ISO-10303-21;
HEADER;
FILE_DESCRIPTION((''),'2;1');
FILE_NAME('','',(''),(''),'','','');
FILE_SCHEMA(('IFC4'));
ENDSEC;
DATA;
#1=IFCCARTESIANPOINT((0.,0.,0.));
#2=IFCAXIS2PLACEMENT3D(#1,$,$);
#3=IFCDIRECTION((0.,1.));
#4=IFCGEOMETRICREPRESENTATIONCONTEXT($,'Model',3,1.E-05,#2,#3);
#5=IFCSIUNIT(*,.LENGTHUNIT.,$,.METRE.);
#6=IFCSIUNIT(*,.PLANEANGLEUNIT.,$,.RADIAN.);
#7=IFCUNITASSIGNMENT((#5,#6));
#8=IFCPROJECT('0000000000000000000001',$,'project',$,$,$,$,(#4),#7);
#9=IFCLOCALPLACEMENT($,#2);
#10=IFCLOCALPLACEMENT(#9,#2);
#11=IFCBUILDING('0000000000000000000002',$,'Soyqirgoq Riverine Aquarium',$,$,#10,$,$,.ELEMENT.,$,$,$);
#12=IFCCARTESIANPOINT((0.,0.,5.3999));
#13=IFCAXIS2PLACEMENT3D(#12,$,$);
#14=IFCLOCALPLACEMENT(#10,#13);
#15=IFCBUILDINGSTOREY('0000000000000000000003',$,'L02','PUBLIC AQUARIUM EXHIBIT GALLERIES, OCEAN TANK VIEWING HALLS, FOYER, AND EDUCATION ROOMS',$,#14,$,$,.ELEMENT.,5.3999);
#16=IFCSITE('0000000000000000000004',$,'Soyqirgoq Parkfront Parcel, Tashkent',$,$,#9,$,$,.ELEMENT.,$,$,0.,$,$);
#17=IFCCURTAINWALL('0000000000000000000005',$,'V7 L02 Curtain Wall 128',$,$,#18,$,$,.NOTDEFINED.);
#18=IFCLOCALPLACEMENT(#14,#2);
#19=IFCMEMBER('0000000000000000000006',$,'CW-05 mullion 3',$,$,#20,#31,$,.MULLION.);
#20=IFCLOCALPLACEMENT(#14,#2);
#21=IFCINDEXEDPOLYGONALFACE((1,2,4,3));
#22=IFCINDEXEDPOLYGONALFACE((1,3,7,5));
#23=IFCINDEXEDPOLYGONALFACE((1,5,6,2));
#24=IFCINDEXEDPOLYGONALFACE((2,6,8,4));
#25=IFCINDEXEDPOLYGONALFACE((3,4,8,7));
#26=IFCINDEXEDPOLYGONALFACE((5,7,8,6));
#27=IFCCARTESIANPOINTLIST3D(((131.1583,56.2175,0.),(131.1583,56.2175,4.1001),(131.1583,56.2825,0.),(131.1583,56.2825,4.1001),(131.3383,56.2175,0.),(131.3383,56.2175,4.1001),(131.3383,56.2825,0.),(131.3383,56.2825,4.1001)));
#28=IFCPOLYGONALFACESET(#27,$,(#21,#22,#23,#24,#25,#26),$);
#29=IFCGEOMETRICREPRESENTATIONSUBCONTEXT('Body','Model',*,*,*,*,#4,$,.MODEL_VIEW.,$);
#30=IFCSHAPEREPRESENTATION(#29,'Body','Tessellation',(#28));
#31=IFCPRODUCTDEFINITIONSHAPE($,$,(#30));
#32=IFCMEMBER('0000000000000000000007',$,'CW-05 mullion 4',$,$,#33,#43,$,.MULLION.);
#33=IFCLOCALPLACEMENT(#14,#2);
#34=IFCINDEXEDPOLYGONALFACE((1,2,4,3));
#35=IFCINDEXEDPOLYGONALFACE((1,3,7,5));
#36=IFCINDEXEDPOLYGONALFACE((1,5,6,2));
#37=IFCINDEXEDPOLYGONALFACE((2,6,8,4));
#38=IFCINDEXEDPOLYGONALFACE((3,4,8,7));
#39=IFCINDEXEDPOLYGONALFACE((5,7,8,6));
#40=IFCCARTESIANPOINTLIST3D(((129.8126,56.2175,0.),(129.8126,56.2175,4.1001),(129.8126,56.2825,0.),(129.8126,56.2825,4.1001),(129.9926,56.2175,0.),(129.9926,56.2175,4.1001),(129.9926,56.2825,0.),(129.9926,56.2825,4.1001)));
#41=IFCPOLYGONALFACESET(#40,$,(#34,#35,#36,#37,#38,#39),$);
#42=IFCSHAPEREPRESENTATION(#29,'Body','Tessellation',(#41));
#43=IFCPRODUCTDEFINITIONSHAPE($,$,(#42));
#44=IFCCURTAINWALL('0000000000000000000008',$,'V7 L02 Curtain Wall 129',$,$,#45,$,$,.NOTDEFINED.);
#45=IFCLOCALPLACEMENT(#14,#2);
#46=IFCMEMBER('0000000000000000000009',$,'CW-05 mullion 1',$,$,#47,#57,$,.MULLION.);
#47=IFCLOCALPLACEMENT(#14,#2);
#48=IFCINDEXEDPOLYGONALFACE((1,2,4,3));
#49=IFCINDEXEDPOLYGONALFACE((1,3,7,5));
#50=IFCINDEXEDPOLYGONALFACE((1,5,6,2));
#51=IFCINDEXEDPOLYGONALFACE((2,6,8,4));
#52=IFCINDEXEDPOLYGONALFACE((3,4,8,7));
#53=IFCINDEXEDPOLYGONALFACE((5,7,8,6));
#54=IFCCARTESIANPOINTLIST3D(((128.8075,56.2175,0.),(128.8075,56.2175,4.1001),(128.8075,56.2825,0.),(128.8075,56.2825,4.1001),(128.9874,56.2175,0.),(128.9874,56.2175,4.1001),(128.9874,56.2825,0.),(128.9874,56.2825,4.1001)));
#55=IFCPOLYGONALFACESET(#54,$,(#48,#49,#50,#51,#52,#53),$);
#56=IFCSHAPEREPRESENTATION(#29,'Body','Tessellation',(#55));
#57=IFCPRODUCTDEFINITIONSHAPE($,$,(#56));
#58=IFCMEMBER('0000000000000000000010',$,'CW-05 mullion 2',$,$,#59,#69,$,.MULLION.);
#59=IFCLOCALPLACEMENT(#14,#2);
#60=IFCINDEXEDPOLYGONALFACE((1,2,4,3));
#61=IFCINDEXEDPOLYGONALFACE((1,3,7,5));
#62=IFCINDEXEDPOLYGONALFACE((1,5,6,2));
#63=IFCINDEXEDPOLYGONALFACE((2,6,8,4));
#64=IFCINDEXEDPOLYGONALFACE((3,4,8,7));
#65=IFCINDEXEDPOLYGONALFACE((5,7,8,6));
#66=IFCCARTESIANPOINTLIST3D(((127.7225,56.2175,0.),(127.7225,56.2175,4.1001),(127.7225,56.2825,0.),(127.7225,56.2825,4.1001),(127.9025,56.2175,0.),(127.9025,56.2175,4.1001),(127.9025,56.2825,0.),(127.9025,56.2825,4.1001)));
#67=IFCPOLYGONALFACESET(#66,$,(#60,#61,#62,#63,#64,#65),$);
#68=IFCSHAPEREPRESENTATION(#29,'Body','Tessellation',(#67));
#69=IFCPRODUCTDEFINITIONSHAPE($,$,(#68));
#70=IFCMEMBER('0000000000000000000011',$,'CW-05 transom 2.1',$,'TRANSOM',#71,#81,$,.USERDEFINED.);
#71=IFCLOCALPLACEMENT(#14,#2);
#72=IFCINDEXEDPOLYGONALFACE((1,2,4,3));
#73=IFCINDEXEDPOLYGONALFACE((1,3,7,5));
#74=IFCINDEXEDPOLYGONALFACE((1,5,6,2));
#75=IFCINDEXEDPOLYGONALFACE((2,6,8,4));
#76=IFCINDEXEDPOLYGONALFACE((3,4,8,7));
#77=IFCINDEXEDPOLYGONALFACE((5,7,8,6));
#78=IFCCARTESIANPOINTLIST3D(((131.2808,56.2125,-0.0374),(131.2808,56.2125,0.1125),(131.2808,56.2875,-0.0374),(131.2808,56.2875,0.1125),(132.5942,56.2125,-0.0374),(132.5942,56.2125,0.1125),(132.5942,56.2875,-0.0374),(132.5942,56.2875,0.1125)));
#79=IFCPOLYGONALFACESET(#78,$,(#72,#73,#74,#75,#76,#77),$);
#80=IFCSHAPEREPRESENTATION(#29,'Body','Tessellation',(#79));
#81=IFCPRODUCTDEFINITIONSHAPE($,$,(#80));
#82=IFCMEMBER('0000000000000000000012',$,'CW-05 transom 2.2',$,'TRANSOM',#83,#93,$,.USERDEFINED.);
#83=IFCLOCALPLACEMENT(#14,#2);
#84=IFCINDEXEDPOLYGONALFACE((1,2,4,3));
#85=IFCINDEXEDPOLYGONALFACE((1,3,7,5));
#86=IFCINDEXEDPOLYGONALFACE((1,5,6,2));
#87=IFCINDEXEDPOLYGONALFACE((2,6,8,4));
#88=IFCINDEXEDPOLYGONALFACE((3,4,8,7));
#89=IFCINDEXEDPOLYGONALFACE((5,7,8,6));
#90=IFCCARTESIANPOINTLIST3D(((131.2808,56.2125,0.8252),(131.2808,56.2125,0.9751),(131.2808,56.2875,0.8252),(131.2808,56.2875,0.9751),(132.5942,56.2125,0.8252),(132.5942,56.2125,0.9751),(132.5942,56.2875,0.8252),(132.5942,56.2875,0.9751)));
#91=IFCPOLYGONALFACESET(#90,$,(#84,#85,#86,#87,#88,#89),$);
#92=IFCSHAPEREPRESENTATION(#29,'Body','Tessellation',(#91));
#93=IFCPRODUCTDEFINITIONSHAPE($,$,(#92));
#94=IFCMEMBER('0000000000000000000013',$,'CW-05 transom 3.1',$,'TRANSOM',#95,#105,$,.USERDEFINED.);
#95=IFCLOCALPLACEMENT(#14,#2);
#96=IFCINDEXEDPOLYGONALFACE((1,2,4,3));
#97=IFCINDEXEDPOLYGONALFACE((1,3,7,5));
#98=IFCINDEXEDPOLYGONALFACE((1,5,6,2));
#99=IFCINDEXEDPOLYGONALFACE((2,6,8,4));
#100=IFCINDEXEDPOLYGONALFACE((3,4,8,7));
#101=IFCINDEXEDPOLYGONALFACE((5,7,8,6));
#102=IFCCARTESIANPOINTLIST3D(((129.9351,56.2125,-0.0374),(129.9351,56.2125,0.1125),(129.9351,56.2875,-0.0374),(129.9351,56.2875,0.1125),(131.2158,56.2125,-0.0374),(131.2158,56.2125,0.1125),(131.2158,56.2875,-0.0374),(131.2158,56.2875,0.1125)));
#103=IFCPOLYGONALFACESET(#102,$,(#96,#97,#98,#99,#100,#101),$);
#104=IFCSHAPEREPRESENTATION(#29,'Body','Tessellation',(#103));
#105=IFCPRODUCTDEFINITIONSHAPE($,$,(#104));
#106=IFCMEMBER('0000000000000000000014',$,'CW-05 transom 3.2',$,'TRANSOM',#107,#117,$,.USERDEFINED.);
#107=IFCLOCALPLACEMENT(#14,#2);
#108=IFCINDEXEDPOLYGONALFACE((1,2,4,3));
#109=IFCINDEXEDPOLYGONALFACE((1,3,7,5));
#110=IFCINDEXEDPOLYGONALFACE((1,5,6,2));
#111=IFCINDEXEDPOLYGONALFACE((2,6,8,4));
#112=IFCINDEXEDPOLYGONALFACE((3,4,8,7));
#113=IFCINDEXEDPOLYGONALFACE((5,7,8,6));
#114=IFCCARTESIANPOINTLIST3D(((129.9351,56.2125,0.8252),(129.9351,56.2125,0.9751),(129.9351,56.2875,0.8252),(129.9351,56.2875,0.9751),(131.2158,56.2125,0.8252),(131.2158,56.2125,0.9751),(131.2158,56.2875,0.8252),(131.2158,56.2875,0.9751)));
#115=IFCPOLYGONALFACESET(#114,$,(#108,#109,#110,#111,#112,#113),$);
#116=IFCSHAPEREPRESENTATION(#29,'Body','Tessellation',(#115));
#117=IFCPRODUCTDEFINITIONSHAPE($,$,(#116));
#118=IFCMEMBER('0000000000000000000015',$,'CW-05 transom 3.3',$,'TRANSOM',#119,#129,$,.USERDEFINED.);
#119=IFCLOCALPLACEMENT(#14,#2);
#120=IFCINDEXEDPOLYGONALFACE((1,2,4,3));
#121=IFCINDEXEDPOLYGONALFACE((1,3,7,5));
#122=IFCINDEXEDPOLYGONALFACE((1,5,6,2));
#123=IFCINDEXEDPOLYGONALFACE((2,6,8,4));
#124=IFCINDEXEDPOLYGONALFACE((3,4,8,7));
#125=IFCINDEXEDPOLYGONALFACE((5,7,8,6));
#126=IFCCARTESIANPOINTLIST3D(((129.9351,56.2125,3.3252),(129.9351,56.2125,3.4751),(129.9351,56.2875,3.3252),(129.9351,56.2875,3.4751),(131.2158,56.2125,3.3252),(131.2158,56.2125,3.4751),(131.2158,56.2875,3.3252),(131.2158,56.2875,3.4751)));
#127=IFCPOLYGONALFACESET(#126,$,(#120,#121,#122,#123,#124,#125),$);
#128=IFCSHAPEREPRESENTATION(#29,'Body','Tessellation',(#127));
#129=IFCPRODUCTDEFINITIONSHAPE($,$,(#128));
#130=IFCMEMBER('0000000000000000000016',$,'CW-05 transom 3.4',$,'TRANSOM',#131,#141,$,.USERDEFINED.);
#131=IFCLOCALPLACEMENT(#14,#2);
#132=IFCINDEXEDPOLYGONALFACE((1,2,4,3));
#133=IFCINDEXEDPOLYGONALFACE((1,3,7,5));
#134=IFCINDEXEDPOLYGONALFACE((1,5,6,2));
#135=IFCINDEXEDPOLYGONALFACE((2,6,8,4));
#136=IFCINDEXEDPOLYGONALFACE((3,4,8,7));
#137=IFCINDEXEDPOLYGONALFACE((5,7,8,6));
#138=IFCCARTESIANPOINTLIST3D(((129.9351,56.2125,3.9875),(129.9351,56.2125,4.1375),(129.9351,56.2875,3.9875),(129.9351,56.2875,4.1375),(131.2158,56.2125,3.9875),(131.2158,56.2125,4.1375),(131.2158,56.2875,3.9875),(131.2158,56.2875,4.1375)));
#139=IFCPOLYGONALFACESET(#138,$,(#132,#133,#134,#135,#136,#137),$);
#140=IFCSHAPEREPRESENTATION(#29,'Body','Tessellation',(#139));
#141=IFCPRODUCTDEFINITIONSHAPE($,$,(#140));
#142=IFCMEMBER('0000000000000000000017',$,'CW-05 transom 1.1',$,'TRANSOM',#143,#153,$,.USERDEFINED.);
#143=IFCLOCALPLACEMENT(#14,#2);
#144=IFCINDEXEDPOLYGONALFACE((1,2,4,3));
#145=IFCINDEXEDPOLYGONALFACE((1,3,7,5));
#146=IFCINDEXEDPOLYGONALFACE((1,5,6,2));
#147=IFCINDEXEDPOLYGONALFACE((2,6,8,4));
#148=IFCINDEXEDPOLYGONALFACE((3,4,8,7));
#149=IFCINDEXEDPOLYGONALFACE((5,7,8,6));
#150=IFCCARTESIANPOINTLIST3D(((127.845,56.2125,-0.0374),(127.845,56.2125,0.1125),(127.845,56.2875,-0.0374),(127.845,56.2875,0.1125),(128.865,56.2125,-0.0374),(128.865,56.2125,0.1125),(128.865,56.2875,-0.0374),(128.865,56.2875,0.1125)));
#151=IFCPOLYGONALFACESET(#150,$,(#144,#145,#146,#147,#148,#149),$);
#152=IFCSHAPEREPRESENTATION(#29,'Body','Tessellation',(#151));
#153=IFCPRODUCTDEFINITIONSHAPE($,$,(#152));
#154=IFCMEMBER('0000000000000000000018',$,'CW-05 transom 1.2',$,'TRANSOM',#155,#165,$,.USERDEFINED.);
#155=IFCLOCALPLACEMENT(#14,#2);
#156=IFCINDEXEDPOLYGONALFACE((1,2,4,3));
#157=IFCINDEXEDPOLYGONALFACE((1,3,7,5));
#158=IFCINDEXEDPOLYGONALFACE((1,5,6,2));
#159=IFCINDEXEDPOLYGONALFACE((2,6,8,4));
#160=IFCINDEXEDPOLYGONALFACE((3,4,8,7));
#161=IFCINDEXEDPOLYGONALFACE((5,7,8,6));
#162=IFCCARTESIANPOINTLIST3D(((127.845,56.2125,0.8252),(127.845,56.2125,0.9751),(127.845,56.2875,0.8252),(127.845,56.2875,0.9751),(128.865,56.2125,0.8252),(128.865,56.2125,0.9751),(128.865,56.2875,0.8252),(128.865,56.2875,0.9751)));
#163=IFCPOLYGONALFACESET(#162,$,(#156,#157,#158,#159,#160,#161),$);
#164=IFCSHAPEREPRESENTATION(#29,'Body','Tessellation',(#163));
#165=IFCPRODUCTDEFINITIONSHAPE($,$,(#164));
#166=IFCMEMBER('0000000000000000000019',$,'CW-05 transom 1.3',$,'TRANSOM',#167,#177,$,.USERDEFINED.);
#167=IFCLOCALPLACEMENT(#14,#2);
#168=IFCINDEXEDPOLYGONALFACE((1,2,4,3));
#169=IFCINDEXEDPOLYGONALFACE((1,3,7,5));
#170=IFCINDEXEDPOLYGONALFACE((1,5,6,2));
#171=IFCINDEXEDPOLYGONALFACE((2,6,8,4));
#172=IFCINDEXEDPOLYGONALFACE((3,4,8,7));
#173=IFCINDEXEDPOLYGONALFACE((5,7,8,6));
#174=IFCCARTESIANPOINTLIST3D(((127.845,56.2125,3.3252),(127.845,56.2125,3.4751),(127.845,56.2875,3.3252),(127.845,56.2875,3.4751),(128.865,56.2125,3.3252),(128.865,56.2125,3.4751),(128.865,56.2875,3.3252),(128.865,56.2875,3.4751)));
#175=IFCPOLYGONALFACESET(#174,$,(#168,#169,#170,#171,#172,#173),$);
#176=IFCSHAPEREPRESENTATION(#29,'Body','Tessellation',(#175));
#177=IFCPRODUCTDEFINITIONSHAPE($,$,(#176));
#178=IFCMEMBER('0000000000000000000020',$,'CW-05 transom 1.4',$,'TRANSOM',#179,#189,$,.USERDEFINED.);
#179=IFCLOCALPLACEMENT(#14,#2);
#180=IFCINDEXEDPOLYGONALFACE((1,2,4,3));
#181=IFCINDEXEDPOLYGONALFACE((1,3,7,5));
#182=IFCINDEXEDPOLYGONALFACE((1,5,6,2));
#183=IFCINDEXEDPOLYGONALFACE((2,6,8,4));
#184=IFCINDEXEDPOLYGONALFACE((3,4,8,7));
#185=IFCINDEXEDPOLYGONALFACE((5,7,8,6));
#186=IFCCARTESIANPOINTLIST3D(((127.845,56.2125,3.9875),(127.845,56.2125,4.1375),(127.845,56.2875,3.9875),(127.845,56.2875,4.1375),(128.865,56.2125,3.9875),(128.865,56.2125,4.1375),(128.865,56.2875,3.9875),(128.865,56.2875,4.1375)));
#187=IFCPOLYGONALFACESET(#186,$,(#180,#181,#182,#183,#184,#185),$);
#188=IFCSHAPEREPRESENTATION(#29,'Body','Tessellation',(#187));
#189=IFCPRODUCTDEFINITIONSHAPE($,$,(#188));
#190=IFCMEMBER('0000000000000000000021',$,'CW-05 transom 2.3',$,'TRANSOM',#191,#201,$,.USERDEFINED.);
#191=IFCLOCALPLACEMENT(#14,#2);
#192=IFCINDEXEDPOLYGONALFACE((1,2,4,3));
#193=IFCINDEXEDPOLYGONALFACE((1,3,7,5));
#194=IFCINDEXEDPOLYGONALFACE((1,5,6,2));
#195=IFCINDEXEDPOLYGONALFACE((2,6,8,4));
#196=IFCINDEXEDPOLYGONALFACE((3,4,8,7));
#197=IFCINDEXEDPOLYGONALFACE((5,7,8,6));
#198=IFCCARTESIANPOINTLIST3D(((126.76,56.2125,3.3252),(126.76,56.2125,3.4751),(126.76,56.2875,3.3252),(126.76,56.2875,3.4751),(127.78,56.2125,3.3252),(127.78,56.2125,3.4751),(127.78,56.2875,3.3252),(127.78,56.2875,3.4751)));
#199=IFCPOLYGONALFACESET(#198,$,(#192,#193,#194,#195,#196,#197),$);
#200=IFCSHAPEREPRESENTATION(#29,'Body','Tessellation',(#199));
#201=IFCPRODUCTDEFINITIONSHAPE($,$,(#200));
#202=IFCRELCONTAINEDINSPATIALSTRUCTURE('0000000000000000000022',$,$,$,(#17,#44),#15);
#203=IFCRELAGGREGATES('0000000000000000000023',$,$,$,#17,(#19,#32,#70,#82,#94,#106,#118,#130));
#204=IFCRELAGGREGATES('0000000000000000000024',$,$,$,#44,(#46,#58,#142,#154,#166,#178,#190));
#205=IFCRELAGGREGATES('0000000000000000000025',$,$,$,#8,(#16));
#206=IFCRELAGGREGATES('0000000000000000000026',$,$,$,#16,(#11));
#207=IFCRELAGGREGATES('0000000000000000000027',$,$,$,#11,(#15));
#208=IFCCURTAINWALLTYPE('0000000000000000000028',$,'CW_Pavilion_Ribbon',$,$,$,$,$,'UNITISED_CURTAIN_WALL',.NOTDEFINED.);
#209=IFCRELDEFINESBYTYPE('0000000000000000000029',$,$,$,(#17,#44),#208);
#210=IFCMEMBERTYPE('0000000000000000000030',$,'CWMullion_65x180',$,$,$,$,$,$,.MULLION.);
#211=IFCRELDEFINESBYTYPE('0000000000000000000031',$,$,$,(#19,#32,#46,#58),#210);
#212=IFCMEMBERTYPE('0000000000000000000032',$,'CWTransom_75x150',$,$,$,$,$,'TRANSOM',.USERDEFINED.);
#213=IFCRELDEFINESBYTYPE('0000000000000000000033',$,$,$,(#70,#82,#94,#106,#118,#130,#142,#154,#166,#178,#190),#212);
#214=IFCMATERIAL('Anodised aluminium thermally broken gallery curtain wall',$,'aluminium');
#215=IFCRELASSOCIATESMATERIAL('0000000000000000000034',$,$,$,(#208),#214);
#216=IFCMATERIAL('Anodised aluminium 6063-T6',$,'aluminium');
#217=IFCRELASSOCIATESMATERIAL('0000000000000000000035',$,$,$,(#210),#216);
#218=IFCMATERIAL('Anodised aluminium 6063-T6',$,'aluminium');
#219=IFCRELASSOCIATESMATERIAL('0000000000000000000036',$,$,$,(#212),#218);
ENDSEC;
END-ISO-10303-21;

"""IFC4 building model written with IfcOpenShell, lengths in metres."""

from ifc_helpers import new_model, si_unit, direction, frame, origin, origin_2d, place, context, subcontext, project, spatial, rectangle, extrude, material, material_profile, profile_set, type_object, element, aggregate, save


model = new_model("IFC4")

# Units and contexts
model_context = context("Model", 3, precision=1e-05, world=origin(), true_north=direction((0.0, 1.0)))
body_context = subcontext(model_context, "Body", "Model", "MODEL_VIEW")
ifc_project = project(units=[si_unit("LENGTHUNIT", "METRE"), si_unit("PLANEANGLEUNIT", "RADIAN")], contexts=[model_context])

# Site, building, storey
site_placement = place(None, origin())
site = spatial("IfcSite", under=ifc_project, at=site_placement, Name="Soyqirgoq Parkfront Parcel, Tashkent", CompositionType="ELEMENT", RefElevation=0.0)
building_placement = place(site_placement, origin())
building = spatial("IfcBuilding", under=site, at=building_placement, Name="Soyqirgoq Riverine Aquarium", CompositionType="ELEMENT")
storey_placement = place(building_placement, frame((0.0, 0.0, 5.3999)))
storey = spatial("IfcBuildingStorey", under=building, at=storey_placement, Name="L02", Description="PUBLIC AQUARIUM EXHIBIT GALLERIES, OCEAN TANK VIEWING HALLS, FOYER, AND EDUCATION ROOMS", CompositionType="ELEMENT", Elevation=5.3999)

# Curtain walls, members
ifc_material_1 = material(Name="Anodised aluminium thermally broken gallery curtain wall", Category="aluminium")
curtain_wall_type = type_object("IfcCurtainWallType", Name="CW_Pavilion_Ribbon", ElementType="UNITISED_CURTAIN_WALL", PredefinedType="NOTDEFINED", material=ifc_material_1)
curtain_wall_1_placement = place(storey_placement, origin())
curtain_wall_1 = element("IfcCurtainWall", 1, at=curtain_wall_1_placement, inside=storey, type_object=curtain_wall_type, Name="V7 L02 Curtain Wall 128", PredefinedType="NOTDEFINED")
ifc_material_2 = material(Name="Anodised aluminium 6063-T6", Category="aluminium")
ifc_material_profile_1 = material_profile(ifc_material_2, rectangle(XDim=0.0649, YDim=0.1799, at=origin_2d()), Name="ALU-M 65x180")
ifc_profile_set_1 = profile_set([ifc_material_profile_1], Name="Anodised aluminium 6063-T6")
member_type_1 = type_object("IfcMemberType", Name="CWMullion_65x180", PredefinedType="MULLION", material=ifc_profile_set_1)
member_1_placement = place(storey_placement, frame((131.2483, 56.25, 0.0), z_axis=(0.0, 0.0, 1.0), x_axis=(0.0, -1.0, 0.0)))
member_1 = element("IfcMember", 2, at=member_1_placement, type_object=member_type_1, Name="CW-05 mullion 3", PredefinedType="MULLION", context=body_context, shape_type="SweptSolid", body=[
    extrude(rectangle(XDim=0.0649, YDim=0.1799, at=origin_2d()), origin(), (0.0, 0.0, 1.0), 4.1001),
])
member_2_placement = place(storey_placement, frame((129.9026, 56.25, 0.0), z_axis=(0.0, 0.0, 1.0), x_axis=(0.0, -1.0, 0.0)))
member_2 = element("IfcMember", 3, at=member_2_placement, type_object=member_type_1, Name="CW-05 mullion 4", PredefinedType="MULLION", context=body_context, shape_type="SweptSolid", body=[
    extrude(rectangle(XDim=0.0649, YDim=0.1799, at=origin_2d()), origin(), (0.0, 0.0, 1.0), 4.1001),
])
curtain_wall_2_placement = place(storey_placement, origin())
curtain_wall_2 = element("IfcCurtainWall", 4, at=curtain_wall_2_placement, inside=storey, type_object=curtain_wall_type, Name="V7 L02 Curtain Wall 129", PredefinedType="NOTDEFINED")
member_3_placement = place(storey_placement, frame((128.8975, 56.25, 0.0), z_axis=(0.0, 0.0, 1.0), x_axis=(0.0, -1.0, 0.0)))
member_3 = element("IfcMember", 5, at=member_3_placement, type_object=member_type_1, Name="CW-05 mullion 1", PredefinedType="MULLION", context=body_context, shape_type="SweptSolid", body=[
    extrude(rectangle(XDim=0.0649, YDim=0.1799, at=origin_2d()), origin(), (0.0, 0.0, 1.0), 4.1001),
])
member_4_placement = place(storey_placement, frame((127.8125, 56.25, 0.0), z_axis=(0.0, 0.0, 1.0), x_axis=(0.0, -1.0, 0.0)))
member_4 = element("IfcMember", 6, at=member_4_placement, type_object=member_type_1, Name="CW-05 mullion 2", PredefinedType="MULLION", context=body_context, shape_type="SweptSolid", body=[
    extrude(rectangle(XDim=0.0649, YDim=0.1799, at=origin_2d()), origin(), (0.0, 0.0, 1.0), 4.1001),
])

# Members
ifc_material_3 = material(Name="Anodised aluminium 6063-T6", Category="aluminium")
ifc_material_profile_2 = material_profile(ifc_material_3, rectangle(XDim=0.075, YDim=0.1499, at=origin_2d()), Name="ALU-T 75x150")
ifc_profile_set_2 = profile_set([ifc_material_profile_2], Name="Anodised aluminium 6063-T6")
member_type_2 = type_object("IfcMemberType", Name="CWTransom_75x150", ElementType="TRANSOM", PredefinedType="USERDEFINED", material=ifc_profile_set_2)
member_5_placement = place(storey_placement, frame((132.5942, 56.25, 0.0376), z_axis=(-1.0, 0.0, 0.0), x_axis=(0.0, -1.0, 0.0)))
member_5 = element("IfcMember", 7, at=member_5_placement, type_object=member_type_2, Name="CW-05 transom 2.1", ObjectType="TRANSOM", PredefinedType="USERDEFINED", context=body_context, shape_type="SweptSolid", body=[
    extrude(rectangle(XDim=0.075, YDim=0.1499, at=origin_2d()), origin(), (0.0, 0.0, 1.0), 1.3135),
])
member_6_placement = place(storey_placement, frame((132.5942, 56.25, 0.9001), z_axis=(-1.0, 0.0, 0.0), x_axis=(0.0, -1.0, 0.0)))
member_6 = element("IfcMember", 8, at=member_6_placement, type_object=member_type_2, Name="CW-05 transom 2.2", ObjectType="TRANSOM", PredefinedType="USERDEFINED", context=body_context, shape_type="SweptSolid", body=[
    extrude(rectangle(XDim=0.075, YDim=0.1499, at=origin_2d()), origin(), (0.0, 0.0, 1.0), 1.3135),
])
member_7_placement = place(storey_placement, frame((131.2158, 56.25, 0.0376), z_axis=(-1.0, 0.0, 0.0), x_axis=(0.0, -1.0, 0.0)))
member_7 = element("IfcMember", 9, at=member_7_placement, type_object=member_type_2, Name="CW-05 transom 3.1", ObjectType="TRANSOM", PredefinedType="USERDEFINED", context=body_context, shape_type="SweptSolid", body=[
    extrude(rectangle(XDim=0.075, YDim=0.1499, at=origin_2d()), origin(), (0.0, 0.0, 1.0), 1.2808),
])
member_8_placement = place(storey_placement, frame((131.2158, 56.25, 0.9001), z_axis=(-1.0, 0.0, 0.0), x_axis=(0.0, -1.0, 0.0)))
member_8 = element("IfcMember", 10, at=member_8_placement, type_object=member_type_2, Name="CW-05 transom 3.2", ObjectType="TRANSOM", PredefinedType="USERDEFINED", context=body_context, shape_type="SweptSolid", body=[
    extrude(rectangle(XDim=0.075, YDim=0.1499, at=origin_2d()), origin(), (0.0, 0.0, 1.0), 1.2808),
])
member_9_placement = place(storey_placement, frame((131.2158, 56.25, 3.4001), z_axis=(-1.0, 0.0, 0.0), x_axis=(0.0, -1.0, 0.0)))
member_9 = element("IfcMember", 11, at=member_9_placement, type_object=member_type_2, Name="CW-05 transom 3.3", ObjectType="TRANSOM", PredefinedType="USERDEFINED", context=body_context, shape_type="SweptSolid", body=[
    extrude(rectangle(XDim=0.075, YDim=0.1499, at=origin_2d()), origin(), (0.0, 0.0, 1.0), 1.2808),
])
member_10_placement = place(storey_placement, frame((131.2158, 56.25, 4.0625), z_axis=(-1.0, 0.0, 0.0), x_axis=(0.0, -1.0, 0.0)))
member_10 = element("IfcMember", 12, at=member_10_placement, type_object=member_type_2, Name="CW-05 transom 3.4", ObjectType="TRANSOM", PredefinedType="USERDEFINED", context=body_context, shape_type="SweptSolid", body=[
    extrude(rectangle(XDim=0.075, YDim=0.1499, at=origin_2d()), origin(), (0.0, 0.0, 1.0), 1.2808),
])
member_11_placement = place(storey_placement, frame((128.865, 56.25, 0.0376), z_axis=(-1.0, 0.0, 0.0), x_axis=(0.0, -1.0, 0.0)))
member_11 = element("IfcMember", 13, at=member_11_placement, type_object=member_type_2, Name="CW-05 transom 1.1", ObjectType="TRANSOM", PredefinedType="USERDEFINED", context=body_context, shape_type="SweptSolid", body=[
    extrude(rectangle(XDim=0.075, YDim=0.1499, at=origin_2d()), origin(), (0.0, 0.0, 1.0), 1.02),
])
member_12_placement = place(storey_placement, frame((128.865, 56.25, 0.9001), z_axis=(-1.0, 0.0, 0.0), x_axis=(0.0, -1.0, 0.0)))
member_12 = element("IfcMember", 14, at=member_12_placement, type_object=member_type_2, Name="CW-05 transom 1.2", ObjectType="TRANSOM", PredefinedType="USERDEFINED", context=body_context, shape_type="SweptSolid", body=[
    extrude(rectangle(XDim=0.075, YDim=0.1499, at=origin_2d()), origin(), (0.0, 0.0, 1.0), 1.02),
])
member_13_placement = place(storey_placement, frame((128.865, 56.25, 3.4001), z_axis=(-1.0, 0.0, 0.0), x_axis=(0.0, -1.0, 0.0)))
member_13 = element("IfcMember", 15, at=member_13_placement, type_object=member_type_2, Name="CW-05 transom 1.3", ObjectType="TRANSOM", PredefinedType="USERDEFINED", context=body_context, shape_type="SweptSolid", body=[
    extrude(rectangle(XDim=0.075, YDim=0.1499, at=origin_2d()), origin(), (0.0, 0.0, 1.0), 1.02),
])
member_14_placement = place(storey_placement, frame((128.865, 56.25, 4.0625), z_axis=(-1.0, 0.0, 0.0), x_axis=(0.0, -1.0, 0.0)))
member_14 = element("IfcMember", 16, at=member_14_placement, type_object=member_type_2, Name="CW-05 transom 1.4", ObjectType="TRANSOM", PredefinedType="USERDEFINED", context=body_context, shape_type="SweptSolid", body=[
    extrude(rectangle(XDim=0.075, YDim=0.1499, at=origin_2d()), origin(), (0.0, 0.0, 1.0), 1.02),
])
member_15_placement = place(storey_placement, frame((127.78, 56.25, 3.4001), z_axis=(-1.0, 0.0, 0.0), x_axis=(0.0, -1.0, 0.0)))
member_15 = element("IfcMember", 17, at=member_15_placement, type_object=member_type_2, Name="CW-05 transom 2.3", ObjectType="TRANSOM", PredefinedType="USERDEFINED", context=body_context, shape_type="SweptSolid", body=[
    extrude(rectangle(XDim=0.075, YDim=0.1499, at=origin_2d()), origin(), (0.0, 0.0, 1.0), 1.02),
])

aggregate(curtain_wall_1, [member_1, member_2, member_5, member_6, member_7, member_8, member_9, member_10])
aggregate(curtain_wall_2, [member_3, member_4, member_11, member_12, member_13, member_14, member_15])

save(model, "model.ifc")
